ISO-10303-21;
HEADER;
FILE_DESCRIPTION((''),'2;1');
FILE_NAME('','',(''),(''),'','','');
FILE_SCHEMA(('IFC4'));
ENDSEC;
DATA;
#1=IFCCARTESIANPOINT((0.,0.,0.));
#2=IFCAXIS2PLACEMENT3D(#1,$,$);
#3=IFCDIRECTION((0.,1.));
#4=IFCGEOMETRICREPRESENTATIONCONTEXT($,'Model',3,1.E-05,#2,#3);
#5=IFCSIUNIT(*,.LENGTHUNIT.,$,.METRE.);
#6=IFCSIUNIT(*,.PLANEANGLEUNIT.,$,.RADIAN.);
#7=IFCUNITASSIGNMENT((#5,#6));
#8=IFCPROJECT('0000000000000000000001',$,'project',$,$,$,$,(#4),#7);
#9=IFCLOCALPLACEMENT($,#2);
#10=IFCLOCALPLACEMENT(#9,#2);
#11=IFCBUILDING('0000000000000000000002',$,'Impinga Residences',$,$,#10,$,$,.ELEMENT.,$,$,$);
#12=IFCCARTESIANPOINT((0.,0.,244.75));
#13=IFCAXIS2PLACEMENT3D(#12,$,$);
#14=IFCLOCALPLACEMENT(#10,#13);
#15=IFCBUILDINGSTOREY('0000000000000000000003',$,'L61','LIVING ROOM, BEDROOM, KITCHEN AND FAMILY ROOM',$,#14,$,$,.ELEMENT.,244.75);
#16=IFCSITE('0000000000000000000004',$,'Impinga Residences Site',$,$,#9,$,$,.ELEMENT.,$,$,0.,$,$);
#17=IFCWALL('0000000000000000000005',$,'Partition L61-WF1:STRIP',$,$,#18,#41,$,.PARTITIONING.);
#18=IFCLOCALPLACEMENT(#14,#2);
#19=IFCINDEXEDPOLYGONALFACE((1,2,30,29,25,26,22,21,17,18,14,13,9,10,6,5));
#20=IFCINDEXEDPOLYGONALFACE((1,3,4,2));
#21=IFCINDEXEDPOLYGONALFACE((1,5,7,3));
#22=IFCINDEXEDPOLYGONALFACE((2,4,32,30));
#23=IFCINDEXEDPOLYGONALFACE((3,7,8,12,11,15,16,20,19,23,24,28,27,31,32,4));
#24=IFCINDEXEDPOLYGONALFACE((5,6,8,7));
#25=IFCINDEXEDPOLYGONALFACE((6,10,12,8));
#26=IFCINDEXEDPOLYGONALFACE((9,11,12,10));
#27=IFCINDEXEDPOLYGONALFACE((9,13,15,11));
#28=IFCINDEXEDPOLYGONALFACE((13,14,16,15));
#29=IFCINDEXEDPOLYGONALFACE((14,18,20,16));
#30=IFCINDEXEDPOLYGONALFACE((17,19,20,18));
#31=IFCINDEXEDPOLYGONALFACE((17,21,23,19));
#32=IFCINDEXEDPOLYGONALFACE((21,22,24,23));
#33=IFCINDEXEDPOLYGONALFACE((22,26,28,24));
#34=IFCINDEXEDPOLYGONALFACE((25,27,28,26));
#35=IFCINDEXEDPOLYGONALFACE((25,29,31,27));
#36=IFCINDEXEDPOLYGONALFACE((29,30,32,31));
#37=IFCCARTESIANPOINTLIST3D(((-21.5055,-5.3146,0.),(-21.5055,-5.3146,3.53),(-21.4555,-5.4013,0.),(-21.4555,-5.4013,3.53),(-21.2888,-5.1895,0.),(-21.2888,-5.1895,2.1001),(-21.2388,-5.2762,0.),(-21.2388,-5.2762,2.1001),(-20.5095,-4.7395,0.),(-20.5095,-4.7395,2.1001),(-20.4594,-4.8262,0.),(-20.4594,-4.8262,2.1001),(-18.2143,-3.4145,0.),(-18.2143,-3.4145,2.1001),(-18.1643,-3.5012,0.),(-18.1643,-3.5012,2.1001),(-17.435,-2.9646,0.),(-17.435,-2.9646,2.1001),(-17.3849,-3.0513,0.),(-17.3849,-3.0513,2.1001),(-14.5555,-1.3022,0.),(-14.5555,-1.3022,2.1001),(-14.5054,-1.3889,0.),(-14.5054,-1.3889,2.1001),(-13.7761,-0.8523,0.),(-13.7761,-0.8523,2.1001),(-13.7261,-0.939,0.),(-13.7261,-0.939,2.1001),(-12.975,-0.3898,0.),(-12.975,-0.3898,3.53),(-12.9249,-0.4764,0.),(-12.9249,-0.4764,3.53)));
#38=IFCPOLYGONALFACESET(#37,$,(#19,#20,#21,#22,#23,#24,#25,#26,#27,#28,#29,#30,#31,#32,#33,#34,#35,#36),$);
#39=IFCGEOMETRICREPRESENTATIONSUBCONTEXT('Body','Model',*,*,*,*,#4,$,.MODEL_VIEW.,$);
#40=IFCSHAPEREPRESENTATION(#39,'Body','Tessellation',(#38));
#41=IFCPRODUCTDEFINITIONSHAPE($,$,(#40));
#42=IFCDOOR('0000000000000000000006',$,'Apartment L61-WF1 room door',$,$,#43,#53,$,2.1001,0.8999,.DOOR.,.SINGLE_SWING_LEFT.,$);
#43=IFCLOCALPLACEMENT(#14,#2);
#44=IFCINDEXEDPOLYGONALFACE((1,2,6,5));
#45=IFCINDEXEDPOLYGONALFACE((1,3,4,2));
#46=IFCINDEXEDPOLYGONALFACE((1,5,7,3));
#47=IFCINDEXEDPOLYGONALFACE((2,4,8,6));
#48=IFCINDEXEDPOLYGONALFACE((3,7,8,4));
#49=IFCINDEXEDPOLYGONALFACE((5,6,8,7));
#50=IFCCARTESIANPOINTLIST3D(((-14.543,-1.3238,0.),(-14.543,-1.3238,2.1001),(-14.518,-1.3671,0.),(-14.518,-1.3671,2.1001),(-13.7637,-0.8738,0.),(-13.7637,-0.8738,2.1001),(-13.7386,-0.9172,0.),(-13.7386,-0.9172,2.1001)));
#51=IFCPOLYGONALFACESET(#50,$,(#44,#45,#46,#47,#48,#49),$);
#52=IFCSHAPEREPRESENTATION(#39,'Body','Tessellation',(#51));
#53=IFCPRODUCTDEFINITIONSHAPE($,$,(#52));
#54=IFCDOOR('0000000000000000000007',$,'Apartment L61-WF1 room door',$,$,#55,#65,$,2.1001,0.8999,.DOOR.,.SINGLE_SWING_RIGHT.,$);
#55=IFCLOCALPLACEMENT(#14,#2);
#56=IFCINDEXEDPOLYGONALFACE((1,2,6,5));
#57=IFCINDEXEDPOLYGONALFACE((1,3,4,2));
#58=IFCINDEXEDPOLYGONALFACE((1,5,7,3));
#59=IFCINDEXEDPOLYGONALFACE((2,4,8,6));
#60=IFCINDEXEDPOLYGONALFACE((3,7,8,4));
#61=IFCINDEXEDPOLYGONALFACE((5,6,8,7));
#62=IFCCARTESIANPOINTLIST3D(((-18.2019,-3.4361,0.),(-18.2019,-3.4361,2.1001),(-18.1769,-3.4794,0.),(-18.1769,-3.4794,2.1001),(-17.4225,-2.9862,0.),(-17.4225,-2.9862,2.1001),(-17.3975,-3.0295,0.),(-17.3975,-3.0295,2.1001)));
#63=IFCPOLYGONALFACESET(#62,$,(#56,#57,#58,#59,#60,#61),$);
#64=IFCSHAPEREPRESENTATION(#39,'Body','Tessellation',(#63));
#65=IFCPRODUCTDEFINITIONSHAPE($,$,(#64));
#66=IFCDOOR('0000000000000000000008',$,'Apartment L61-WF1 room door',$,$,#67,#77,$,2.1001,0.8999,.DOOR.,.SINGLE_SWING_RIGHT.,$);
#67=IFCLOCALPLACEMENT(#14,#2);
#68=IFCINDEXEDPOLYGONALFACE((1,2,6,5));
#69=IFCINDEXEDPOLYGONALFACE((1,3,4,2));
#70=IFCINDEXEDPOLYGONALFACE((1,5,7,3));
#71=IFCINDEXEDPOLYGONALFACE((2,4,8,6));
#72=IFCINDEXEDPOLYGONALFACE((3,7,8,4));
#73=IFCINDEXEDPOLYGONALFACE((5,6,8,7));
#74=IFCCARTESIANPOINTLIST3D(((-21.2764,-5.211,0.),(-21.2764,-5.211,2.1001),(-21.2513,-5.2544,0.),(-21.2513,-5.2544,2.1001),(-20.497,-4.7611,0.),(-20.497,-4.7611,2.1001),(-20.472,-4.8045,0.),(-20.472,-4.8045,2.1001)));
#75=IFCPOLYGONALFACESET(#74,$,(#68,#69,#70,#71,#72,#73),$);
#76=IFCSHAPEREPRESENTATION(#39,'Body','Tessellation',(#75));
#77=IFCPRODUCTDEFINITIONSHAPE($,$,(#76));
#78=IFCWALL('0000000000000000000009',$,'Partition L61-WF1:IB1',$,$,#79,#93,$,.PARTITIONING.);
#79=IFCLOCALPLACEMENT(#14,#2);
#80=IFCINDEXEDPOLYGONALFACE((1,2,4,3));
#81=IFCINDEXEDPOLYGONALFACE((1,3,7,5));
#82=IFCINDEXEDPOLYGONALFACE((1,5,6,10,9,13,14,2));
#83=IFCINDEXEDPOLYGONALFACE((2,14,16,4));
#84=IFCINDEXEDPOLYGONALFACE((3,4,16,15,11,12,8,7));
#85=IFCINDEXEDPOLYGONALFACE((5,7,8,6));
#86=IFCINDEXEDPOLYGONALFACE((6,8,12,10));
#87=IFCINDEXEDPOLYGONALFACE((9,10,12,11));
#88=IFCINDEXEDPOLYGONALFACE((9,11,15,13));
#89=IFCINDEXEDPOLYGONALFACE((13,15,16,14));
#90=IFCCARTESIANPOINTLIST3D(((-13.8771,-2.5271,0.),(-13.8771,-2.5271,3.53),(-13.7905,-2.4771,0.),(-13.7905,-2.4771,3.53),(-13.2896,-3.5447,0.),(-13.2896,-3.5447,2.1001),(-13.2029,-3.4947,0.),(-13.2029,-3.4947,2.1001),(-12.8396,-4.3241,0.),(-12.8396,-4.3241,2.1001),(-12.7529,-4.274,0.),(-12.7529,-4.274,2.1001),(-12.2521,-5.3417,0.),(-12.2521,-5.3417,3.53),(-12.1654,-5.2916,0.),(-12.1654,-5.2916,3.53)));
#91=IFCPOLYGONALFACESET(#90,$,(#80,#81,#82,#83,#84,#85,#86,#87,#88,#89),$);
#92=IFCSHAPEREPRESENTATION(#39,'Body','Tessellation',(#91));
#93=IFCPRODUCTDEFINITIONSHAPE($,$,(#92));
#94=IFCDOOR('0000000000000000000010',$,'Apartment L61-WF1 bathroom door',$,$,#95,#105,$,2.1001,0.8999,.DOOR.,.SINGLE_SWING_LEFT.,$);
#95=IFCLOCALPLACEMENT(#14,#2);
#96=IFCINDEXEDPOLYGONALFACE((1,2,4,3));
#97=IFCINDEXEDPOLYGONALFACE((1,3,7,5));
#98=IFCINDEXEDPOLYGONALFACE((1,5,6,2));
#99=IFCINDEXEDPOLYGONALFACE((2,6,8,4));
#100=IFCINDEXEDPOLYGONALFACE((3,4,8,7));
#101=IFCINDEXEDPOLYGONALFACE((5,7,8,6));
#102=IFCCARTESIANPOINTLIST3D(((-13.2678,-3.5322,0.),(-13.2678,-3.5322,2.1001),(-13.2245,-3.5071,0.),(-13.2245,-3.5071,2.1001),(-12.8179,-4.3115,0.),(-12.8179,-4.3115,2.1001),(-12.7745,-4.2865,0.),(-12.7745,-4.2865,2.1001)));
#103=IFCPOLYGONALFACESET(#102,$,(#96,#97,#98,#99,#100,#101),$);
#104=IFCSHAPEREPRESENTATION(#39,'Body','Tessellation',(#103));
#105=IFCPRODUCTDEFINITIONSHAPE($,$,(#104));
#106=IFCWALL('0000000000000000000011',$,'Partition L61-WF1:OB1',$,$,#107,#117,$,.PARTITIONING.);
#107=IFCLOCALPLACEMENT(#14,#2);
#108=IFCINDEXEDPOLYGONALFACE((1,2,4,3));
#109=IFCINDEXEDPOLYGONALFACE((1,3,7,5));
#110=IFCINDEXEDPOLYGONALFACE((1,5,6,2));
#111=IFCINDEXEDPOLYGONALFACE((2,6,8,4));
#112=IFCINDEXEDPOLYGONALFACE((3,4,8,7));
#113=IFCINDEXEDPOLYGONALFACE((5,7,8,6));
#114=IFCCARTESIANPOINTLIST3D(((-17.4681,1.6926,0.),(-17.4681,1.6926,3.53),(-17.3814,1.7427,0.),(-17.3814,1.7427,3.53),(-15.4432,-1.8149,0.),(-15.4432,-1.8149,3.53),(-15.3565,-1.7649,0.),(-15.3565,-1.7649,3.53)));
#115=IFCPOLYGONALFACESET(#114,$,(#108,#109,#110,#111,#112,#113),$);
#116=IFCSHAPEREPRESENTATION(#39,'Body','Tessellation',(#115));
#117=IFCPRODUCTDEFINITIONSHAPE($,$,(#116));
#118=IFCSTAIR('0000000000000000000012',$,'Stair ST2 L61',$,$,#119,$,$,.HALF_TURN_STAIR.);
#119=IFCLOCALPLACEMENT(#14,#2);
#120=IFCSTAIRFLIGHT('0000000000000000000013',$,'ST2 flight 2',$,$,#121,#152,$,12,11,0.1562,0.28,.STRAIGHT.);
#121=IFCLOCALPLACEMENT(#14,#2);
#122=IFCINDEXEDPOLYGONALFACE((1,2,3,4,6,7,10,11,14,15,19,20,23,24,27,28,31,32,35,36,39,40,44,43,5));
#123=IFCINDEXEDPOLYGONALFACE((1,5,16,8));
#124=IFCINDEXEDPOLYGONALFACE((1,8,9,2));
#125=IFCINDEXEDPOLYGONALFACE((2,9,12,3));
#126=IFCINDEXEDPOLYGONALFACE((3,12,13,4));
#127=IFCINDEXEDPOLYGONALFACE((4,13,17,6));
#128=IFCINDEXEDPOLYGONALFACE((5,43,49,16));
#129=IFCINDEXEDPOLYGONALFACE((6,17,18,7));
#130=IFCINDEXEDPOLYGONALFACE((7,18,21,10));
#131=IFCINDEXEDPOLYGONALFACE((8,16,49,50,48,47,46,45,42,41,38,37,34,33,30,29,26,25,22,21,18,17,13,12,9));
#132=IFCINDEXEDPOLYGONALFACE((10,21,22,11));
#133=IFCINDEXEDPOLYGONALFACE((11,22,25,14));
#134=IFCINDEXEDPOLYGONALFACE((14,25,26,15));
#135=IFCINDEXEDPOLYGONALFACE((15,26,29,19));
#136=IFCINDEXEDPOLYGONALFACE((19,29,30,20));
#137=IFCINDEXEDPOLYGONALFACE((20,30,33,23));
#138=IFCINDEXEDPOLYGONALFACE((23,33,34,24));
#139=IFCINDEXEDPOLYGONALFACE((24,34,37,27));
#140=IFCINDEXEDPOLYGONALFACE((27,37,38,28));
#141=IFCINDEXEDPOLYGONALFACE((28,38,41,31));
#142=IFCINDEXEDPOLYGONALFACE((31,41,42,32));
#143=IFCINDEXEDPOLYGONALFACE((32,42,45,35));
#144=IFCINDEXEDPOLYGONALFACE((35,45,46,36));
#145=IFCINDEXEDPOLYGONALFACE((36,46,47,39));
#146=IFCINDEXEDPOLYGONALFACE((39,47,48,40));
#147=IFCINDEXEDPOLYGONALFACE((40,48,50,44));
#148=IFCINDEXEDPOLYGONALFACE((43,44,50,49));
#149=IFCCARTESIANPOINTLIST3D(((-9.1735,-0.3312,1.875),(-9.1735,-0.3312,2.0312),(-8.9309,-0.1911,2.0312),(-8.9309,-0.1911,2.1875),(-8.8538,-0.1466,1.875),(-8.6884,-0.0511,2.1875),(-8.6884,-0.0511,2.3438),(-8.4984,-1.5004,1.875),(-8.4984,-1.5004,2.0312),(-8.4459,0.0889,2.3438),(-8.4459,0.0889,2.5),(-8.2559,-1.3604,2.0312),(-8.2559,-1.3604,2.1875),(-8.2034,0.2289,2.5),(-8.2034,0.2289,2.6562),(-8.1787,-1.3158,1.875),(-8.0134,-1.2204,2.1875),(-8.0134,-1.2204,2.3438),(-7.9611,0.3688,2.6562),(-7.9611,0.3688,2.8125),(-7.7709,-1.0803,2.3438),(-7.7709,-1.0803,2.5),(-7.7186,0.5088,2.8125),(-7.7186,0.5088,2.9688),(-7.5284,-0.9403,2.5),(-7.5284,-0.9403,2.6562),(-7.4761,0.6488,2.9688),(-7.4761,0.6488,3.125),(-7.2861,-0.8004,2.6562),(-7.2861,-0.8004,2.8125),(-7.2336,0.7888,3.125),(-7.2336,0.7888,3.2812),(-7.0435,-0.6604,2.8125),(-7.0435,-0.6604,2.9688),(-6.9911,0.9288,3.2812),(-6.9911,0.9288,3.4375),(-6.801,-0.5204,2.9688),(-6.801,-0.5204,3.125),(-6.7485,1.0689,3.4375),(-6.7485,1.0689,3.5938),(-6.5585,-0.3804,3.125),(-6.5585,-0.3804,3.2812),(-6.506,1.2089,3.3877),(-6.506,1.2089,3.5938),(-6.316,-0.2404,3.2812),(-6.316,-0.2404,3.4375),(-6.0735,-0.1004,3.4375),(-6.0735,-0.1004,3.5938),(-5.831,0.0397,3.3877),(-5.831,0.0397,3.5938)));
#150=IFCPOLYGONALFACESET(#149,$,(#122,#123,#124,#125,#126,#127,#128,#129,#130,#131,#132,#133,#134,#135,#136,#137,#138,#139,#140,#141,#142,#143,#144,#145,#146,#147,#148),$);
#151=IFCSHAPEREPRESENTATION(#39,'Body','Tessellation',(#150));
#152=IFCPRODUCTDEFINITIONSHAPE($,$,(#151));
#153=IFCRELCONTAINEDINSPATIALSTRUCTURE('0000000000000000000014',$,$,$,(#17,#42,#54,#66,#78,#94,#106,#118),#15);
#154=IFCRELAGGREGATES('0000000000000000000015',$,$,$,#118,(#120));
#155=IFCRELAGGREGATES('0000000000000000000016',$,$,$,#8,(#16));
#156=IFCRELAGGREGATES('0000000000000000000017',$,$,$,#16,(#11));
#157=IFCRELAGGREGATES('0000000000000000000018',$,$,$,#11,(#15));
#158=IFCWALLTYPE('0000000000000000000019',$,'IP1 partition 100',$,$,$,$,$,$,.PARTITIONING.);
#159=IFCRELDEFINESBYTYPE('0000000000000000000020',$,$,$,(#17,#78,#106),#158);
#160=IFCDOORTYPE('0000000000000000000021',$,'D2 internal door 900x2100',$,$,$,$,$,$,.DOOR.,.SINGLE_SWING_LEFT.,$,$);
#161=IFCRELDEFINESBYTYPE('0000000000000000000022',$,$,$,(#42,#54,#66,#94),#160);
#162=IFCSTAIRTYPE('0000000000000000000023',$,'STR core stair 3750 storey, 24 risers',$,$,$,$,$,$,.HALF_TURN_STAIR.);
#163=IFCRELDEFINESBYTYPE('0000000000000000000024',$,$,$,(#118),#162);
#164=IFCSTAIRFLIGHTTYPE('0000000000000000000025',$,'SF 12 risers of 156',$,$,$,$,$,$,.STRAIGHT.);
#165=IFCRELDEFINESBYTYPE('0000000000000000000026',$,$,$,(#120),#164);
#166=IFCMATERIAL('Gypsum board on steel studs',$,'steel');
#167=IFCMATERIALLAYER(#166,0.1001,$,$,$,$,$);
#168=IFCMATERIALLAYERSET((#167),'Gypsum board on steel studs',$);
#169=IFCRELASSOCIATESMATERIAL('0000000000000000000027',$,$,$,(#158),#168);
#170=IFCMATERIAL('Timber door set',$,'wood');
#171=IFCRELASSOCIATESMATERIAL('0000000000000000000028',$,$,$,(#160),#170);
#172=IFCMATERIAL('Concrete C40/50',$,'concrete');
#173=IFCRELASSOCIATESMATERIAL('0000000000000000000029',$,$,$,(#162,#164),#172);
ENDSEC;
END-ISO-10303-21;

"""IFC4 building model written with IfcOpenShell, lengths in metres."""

from ifc_helpers import new_model, si_unit, direction, frame, frame_2d, origin, place, context, subcontext, project, spatial, polyline, rectangle, outline, extrude, material, layer, layer_set, type_object, element, fill, aggregate, save


model = new_model("IFC4")

# Units and contexts
model_context = context("Model", 3, precision=1e-05, world=origin(), true_north=direction((0.0, 1.0)))
body_context = subcontext(model_context, "Body", "Model", "MODEL_VIEW")
ifc_project = project(units=[si_unit("LENGTHUNIT", "METRE"), si_unit("PLANEANGLEUNIT", "RADIAN")], contexts=[model_context])

# Site, building, storey
site_placement = place(None, origin())
site = spatial("IfcSite", under=ifc_project, at=site_placement, Name="Impinga Residences Site", CompositionType="ELEMENT", RefElevation=0.0)
building_placement = place(site_placement, origin())
building = spatial("IfcBuilding", under=site, at=building_placement, Name="Impinga Residences", CompositionType="ELEMENT")
storey_placement = place(building_placement, frame((0.0, 0.0, 244.75)))
storey = spatial("IfcBuildingStorey", under=building, at=storey_placement, Name="L61", Description="LIVING ROOM, BEDROOM, KITCHEN AND FAMILY ROOM", CompositionType="ELEMENT", Elevation=244.75)

# Shared definitions
ifc_material_1 = material(Name="Timber door set", Category="wood")

# Shared definitions
ifc_material_2 = material(Name="Gypsum board on steel studs", Category="steel")
ifc_layer_1 = layer(ifc_material_2, 0.1001)
ifc_layer_set_1 = layer_set([ifc_layer_1], Name="Gypsum board on steel studs")
wall_type_1 = type_object("IfcWallType", Name="IP1 partition 100", PredefinedType="PARTITIONING", material=ifc_layer_set_1)
door_type_1 = type_object("IfcDoorType", Name="D2 internal door 900x2100", OperationType="SINGLE_SWING_LEFT", PredefinedType="DOOR", material=ifc_material_1)

# Wall, openings, doors
wall_1_placement = place(storey_placement, frame((-12.95, -0.4331, 0.0), z_axis=(0.0, 0.0, 1.0), x_axis=(-0.866038, -0.499978, 0.0)))
wall_1 = element("IfcWall", 1, at=wall_1_placement, inside=storey, type_object=wall_type_1, Name="Partition L61-WF1:STRIP", PredefinedType="PARTITIONING", context=body_context, shape_type="SweptSolid", body=[
    extrude(rectangle(XDim=9.8501, YDim=0.1001, at=frame_2d((4.925, 0.0))), origin(), (0.0, 0.0, 1.0), 3.53),
])
opening_1_placement = place(wall_1_placement, frame((0.925, 0.0, 0.0)))
opening_1 = element("IfcOpeningElement", 2, at=opening_1_placement, cuts=wall_1, PredefinedType="OPENING", context=body_context, shape_type="SweptSolid", body=[
    extrude(rectangle(XDim=0.8999, YDim=2.1001, at=frame_2d((0.45, 1.05))), frame((0.0, 0.0601, 0.0), z_axis=(0.0, -1.0, 0.0), x_axis=(1.0, 0.0, 0.0)), (0.0, 0.0, 1.0), 0.1201),
])
opening_2_placement = place(wall_1_placement, frame((5.1499, 0.0, 0.0)))
opening_2 = element("IfcOpeningElement", 3, at=opening_2_placement, cuts=wall_1, PredefinedType="OPENING", context=body_context, shape_type="SweptSolid", body=[
    extrude(rectangle(XDim=0.8999, YDim=2.1001, at=frame_2d((0.45, 1.05))), frame((0.0, 0.0601, 0.0), z_axis=(0.0, -1.0, 0.0), x_axis=(1.0, 0.0, 0.0)), (0.0, 0.0, 1.0), 0.1201),
])
opening_3_placement = place(wall_1_placement, frame((8.7, 0.0, 0.0)))
opening_3 = element("IfcOpeningElement", 4, at=opening_3_placement, cuts=wall_1, PredefinedType="OPENING", context=body_context, shape_type="SweptSolid", body=[
    extrude(rectangle(XDim=0.8999, YDim=2.1001, at=frame_2d((0.45, 1.05))), frame((0.0, 0.0601, 0.0), z_axis=(0.0, -1.0, 0.0), x_axis=(1.0, 0.0, 0.0)), (0.0, 0.0, 1.0), 0.1201),
])
door_1_placement = place(opening_1_placement, origin())
door_1 = element("IfcDoor", 5, at=door_1_placement, inside=storey, type_object=door_type_1, Name="Apartment L61-WF1 room door", OperationType="SINGLE_SWING_LEFT", OverallHeight=2.1001, OverallWidth=0.8999, PredefinedType="DOOR", context=body_context, shape_type="SweptSolid", body=[
    extrude(rectangle(XDim=0.8999, YDim=2.1001, at=frame_2d((0.45, 1.05))), frame((0.0, 0.0249, 0.0), z_axis=(0.0, -1.0, 0.0), x_axis=(1.0, 0.0, 0.0)), (0.0, 0.0, 1.0), 0.05),
])
fill(opening_1, door_1)
door_2_placement = place(opening_2_placement, origin())
door_2 = element("IfcDoor", 6, at=door_2_placement, inside=storey, type_object=door_type_1, Name="Apartment L61-WF1 room door", OperationType="SINGLE_SWING_RIGHT", OverallHeight=2.1001, OverallWidth=0.8999, PredefinedType="DOOR", context=body_context, shape_type="SweptSolid", body=[
    extrude(rectangle(XDim=0.8999, YDim=2.1001, at=frame_2d((0.45, 1.05))), frame((0.0, 0.0249, 0.0), z_axis=(0.0, -1.0, 0.0), x_axis=(1.0, 0.0, 0.0)), (0.0, 0.0, 1.0), 0.05),
])
fill(opening_2, door_2)
door_3_placement = place(opening_3_placement, origin())
door_3 = element("IfcDoor", 7, at=door_3_placement, inside=storey, type_object=door_type_1, Name="Apartment L61-WF1 room door", OperationType="SINGLE_SWING_RIGHT", OverallHeight=2.1001, OverallWidth=0.8999, PredefinedType="DOOR", context=body_context, shape_type="SweptSolid", body=[
    extrude(rectangle(XDim=0.8999, YDim=2.1001, at=frame_2d((0.45, 1.05))), frame((0.0, 0.0249, 0.0), z_axis=(0.0, -1.0, 0.0), x_axis=(1.0, 0.0, 0.0)), (0.0, 0.0, 1.0), 0.05),
])
fill(opening_3, door_3)

# Wall, opening, door
wall_2_placement = place(storey_placement, frame((-12.2087, -5.3167, 0.0), z_axis=(0.0, 0.0, 1.0), x_axis=(-0.500017, 0.866015, 0.0)))
wall_2 = element("IfcWall", 8, at=wall_2_placement, inside=storey, type_object=wall_type_1, Name="Partition L61-WF1:IB1", PredefinedType="PARTITIONING", context=body_context, shape_type="SweptSolid", body=[
    extrude(rectangle(XDim=3.25, YDim=0.1001, at=frame_2d((1.625, 0.0))), origin(), (0.0, 0.0, 1.0), 3.53),
])
opening_4_placement = place(wall_2_placement, frame((1.175, 0.0, 0.0)))
opening_4 = element("IfcOpeningElement", 9, at=opening_4_placement, cuts=wall_2, PredefinedType="OPENING", context=body_context, shape_type="SweptSolid", body=[
    extrude(rectangle(XDim=0.8999, YDim=2.1001, at=frame_2d((0.45, 1.05))), frame((0.0, 0.0601, 0.0), z_axis=(0.0, -1.0, 0.0), x_axis=(1.0, 0.0, 0.0)), (0.0, 0.0, 1.0), 0.1201),
])
door_4_placement = place(opening_4_placement, origin())
door_4 = element("IfcDoor", 10, at=door_4_placement, inside=storey, type_object=door_type_1, Name="Apartment L61-WF1 bathroom door", OperationType="SINGLE_SWING_LEFT", OverallHeight=2.1001, OverallWidth=0.8999, PredefinedType="DOOR", context=body_context, shape_type="SweptSolid", body=[
    extrude(rectangle(XDim=0.8999, YDim=2.1001, at=frame_2d((0.45, 1.05))), frame((0.0, 0.0249, 0.0), z_axis=(0.0, -1.0, 0.0), x_axis=(1.0, 0.0, 0.0)), (0.0, 0.0, 1.0), 0.05),
])
fill(opening_4, door_4)

# Wall
wall_3_placement = place(storey_placement, frame((-15.3999, -1.7898, 0.0), z_axis=(0.0, 0.0, 1.0), x_axis=(-0.499964, 0.866046, 0.0)))
element("IfcWall", 11, at=wall_3_placement, inside=storey, type_object=wall_type_1, Name="Partition L61-WF1:OB1", PredefinedType="PARTITIONING", context=body_context, shape_type="SweptSolid", body=[
    extrude(rectangle(XDim=4.05, YDim=0.1001, at=frame_2d((2.0249, 0.0))), origin(), (0.0, 0.0, 1.0), 3.53),
])

# Stair, stair flight
ifc_material_3 = material(Name="Concrete C40/50", Category="concrete")
stair_type = type_object("IfcStairType", Name="STR core stair 3750 storey, 24 risers", PredefinedType="HALF_TURN_STAIR", material=ifc_material_3)
stair_placement = place(storey_placement, origin())
stair = element("IfcStair", 12, at=stair_placement, inside=storey, type_object=stair_type, Name="Stair ST2 L61", PredefinedType="HALF_TURN_STAIR")
stair_flight_type = type_object("IfcStairFlightType", Name="SF 12 risers of 156", PredefinedType="STRAIGHT", material=ifc_material_3)
stair_flight_placement = place(storey_placement, frame((-8.8359, -0.9158, 1.875), z_axis=(0.0, 0.0, 1.0), x_axis=(0.866025, 0.5, 0.0)))
stair_flight = element("IfcStairFlight", 13, at=stair_flight_placement, type_object=stair_flight_type, Name="ST2 flight 2", NumberOfRisers=12, NumberOfTreads=11, PredefinedType="STRAIGHT", RiserHeight=0.1562, TreadLength=0.28, context=body_context, shape_type="SweptSolid", body=[
    extrude(outline(polyline([(0.0, 0.0), (0.0, 0.1562), (0.28, 0.1562), (0.28, 0.3125), (0.5601, 0.3125), (0.5601, 0.4688), (0.8401, 0.4688), (0.8401, 0.625), (1.1201, 0.625), (1.1201, 0.7812), (1.3999, 0.7812), (1.3999, 0.9375), (1.6799, 0.9375), (1.6799, 1.0938), (1.96, 1.0938), (1.96, 1.25), (2.24, 1.25), (2.24, 1.4062), (2.52, 1.4062), (2.52, 1.5625), (2.8, 1.5625), (2.8, 1.7188), (3.0801, 1.7188), (3.0801, 1.875), (3.0801, 1.5127), (0.3691, 0.0), (0.0, 0.0)])), frame((0.0, 0.675, 0.0), z_axis=(0.0, -1.0, 0.0), x_axis=(1.0, 0.0, 0.0)), (0.0, 0.0, 1.0), 1.3501),
])
aggregate(stair, [stair_flight])

save(model, "model.ifc")
